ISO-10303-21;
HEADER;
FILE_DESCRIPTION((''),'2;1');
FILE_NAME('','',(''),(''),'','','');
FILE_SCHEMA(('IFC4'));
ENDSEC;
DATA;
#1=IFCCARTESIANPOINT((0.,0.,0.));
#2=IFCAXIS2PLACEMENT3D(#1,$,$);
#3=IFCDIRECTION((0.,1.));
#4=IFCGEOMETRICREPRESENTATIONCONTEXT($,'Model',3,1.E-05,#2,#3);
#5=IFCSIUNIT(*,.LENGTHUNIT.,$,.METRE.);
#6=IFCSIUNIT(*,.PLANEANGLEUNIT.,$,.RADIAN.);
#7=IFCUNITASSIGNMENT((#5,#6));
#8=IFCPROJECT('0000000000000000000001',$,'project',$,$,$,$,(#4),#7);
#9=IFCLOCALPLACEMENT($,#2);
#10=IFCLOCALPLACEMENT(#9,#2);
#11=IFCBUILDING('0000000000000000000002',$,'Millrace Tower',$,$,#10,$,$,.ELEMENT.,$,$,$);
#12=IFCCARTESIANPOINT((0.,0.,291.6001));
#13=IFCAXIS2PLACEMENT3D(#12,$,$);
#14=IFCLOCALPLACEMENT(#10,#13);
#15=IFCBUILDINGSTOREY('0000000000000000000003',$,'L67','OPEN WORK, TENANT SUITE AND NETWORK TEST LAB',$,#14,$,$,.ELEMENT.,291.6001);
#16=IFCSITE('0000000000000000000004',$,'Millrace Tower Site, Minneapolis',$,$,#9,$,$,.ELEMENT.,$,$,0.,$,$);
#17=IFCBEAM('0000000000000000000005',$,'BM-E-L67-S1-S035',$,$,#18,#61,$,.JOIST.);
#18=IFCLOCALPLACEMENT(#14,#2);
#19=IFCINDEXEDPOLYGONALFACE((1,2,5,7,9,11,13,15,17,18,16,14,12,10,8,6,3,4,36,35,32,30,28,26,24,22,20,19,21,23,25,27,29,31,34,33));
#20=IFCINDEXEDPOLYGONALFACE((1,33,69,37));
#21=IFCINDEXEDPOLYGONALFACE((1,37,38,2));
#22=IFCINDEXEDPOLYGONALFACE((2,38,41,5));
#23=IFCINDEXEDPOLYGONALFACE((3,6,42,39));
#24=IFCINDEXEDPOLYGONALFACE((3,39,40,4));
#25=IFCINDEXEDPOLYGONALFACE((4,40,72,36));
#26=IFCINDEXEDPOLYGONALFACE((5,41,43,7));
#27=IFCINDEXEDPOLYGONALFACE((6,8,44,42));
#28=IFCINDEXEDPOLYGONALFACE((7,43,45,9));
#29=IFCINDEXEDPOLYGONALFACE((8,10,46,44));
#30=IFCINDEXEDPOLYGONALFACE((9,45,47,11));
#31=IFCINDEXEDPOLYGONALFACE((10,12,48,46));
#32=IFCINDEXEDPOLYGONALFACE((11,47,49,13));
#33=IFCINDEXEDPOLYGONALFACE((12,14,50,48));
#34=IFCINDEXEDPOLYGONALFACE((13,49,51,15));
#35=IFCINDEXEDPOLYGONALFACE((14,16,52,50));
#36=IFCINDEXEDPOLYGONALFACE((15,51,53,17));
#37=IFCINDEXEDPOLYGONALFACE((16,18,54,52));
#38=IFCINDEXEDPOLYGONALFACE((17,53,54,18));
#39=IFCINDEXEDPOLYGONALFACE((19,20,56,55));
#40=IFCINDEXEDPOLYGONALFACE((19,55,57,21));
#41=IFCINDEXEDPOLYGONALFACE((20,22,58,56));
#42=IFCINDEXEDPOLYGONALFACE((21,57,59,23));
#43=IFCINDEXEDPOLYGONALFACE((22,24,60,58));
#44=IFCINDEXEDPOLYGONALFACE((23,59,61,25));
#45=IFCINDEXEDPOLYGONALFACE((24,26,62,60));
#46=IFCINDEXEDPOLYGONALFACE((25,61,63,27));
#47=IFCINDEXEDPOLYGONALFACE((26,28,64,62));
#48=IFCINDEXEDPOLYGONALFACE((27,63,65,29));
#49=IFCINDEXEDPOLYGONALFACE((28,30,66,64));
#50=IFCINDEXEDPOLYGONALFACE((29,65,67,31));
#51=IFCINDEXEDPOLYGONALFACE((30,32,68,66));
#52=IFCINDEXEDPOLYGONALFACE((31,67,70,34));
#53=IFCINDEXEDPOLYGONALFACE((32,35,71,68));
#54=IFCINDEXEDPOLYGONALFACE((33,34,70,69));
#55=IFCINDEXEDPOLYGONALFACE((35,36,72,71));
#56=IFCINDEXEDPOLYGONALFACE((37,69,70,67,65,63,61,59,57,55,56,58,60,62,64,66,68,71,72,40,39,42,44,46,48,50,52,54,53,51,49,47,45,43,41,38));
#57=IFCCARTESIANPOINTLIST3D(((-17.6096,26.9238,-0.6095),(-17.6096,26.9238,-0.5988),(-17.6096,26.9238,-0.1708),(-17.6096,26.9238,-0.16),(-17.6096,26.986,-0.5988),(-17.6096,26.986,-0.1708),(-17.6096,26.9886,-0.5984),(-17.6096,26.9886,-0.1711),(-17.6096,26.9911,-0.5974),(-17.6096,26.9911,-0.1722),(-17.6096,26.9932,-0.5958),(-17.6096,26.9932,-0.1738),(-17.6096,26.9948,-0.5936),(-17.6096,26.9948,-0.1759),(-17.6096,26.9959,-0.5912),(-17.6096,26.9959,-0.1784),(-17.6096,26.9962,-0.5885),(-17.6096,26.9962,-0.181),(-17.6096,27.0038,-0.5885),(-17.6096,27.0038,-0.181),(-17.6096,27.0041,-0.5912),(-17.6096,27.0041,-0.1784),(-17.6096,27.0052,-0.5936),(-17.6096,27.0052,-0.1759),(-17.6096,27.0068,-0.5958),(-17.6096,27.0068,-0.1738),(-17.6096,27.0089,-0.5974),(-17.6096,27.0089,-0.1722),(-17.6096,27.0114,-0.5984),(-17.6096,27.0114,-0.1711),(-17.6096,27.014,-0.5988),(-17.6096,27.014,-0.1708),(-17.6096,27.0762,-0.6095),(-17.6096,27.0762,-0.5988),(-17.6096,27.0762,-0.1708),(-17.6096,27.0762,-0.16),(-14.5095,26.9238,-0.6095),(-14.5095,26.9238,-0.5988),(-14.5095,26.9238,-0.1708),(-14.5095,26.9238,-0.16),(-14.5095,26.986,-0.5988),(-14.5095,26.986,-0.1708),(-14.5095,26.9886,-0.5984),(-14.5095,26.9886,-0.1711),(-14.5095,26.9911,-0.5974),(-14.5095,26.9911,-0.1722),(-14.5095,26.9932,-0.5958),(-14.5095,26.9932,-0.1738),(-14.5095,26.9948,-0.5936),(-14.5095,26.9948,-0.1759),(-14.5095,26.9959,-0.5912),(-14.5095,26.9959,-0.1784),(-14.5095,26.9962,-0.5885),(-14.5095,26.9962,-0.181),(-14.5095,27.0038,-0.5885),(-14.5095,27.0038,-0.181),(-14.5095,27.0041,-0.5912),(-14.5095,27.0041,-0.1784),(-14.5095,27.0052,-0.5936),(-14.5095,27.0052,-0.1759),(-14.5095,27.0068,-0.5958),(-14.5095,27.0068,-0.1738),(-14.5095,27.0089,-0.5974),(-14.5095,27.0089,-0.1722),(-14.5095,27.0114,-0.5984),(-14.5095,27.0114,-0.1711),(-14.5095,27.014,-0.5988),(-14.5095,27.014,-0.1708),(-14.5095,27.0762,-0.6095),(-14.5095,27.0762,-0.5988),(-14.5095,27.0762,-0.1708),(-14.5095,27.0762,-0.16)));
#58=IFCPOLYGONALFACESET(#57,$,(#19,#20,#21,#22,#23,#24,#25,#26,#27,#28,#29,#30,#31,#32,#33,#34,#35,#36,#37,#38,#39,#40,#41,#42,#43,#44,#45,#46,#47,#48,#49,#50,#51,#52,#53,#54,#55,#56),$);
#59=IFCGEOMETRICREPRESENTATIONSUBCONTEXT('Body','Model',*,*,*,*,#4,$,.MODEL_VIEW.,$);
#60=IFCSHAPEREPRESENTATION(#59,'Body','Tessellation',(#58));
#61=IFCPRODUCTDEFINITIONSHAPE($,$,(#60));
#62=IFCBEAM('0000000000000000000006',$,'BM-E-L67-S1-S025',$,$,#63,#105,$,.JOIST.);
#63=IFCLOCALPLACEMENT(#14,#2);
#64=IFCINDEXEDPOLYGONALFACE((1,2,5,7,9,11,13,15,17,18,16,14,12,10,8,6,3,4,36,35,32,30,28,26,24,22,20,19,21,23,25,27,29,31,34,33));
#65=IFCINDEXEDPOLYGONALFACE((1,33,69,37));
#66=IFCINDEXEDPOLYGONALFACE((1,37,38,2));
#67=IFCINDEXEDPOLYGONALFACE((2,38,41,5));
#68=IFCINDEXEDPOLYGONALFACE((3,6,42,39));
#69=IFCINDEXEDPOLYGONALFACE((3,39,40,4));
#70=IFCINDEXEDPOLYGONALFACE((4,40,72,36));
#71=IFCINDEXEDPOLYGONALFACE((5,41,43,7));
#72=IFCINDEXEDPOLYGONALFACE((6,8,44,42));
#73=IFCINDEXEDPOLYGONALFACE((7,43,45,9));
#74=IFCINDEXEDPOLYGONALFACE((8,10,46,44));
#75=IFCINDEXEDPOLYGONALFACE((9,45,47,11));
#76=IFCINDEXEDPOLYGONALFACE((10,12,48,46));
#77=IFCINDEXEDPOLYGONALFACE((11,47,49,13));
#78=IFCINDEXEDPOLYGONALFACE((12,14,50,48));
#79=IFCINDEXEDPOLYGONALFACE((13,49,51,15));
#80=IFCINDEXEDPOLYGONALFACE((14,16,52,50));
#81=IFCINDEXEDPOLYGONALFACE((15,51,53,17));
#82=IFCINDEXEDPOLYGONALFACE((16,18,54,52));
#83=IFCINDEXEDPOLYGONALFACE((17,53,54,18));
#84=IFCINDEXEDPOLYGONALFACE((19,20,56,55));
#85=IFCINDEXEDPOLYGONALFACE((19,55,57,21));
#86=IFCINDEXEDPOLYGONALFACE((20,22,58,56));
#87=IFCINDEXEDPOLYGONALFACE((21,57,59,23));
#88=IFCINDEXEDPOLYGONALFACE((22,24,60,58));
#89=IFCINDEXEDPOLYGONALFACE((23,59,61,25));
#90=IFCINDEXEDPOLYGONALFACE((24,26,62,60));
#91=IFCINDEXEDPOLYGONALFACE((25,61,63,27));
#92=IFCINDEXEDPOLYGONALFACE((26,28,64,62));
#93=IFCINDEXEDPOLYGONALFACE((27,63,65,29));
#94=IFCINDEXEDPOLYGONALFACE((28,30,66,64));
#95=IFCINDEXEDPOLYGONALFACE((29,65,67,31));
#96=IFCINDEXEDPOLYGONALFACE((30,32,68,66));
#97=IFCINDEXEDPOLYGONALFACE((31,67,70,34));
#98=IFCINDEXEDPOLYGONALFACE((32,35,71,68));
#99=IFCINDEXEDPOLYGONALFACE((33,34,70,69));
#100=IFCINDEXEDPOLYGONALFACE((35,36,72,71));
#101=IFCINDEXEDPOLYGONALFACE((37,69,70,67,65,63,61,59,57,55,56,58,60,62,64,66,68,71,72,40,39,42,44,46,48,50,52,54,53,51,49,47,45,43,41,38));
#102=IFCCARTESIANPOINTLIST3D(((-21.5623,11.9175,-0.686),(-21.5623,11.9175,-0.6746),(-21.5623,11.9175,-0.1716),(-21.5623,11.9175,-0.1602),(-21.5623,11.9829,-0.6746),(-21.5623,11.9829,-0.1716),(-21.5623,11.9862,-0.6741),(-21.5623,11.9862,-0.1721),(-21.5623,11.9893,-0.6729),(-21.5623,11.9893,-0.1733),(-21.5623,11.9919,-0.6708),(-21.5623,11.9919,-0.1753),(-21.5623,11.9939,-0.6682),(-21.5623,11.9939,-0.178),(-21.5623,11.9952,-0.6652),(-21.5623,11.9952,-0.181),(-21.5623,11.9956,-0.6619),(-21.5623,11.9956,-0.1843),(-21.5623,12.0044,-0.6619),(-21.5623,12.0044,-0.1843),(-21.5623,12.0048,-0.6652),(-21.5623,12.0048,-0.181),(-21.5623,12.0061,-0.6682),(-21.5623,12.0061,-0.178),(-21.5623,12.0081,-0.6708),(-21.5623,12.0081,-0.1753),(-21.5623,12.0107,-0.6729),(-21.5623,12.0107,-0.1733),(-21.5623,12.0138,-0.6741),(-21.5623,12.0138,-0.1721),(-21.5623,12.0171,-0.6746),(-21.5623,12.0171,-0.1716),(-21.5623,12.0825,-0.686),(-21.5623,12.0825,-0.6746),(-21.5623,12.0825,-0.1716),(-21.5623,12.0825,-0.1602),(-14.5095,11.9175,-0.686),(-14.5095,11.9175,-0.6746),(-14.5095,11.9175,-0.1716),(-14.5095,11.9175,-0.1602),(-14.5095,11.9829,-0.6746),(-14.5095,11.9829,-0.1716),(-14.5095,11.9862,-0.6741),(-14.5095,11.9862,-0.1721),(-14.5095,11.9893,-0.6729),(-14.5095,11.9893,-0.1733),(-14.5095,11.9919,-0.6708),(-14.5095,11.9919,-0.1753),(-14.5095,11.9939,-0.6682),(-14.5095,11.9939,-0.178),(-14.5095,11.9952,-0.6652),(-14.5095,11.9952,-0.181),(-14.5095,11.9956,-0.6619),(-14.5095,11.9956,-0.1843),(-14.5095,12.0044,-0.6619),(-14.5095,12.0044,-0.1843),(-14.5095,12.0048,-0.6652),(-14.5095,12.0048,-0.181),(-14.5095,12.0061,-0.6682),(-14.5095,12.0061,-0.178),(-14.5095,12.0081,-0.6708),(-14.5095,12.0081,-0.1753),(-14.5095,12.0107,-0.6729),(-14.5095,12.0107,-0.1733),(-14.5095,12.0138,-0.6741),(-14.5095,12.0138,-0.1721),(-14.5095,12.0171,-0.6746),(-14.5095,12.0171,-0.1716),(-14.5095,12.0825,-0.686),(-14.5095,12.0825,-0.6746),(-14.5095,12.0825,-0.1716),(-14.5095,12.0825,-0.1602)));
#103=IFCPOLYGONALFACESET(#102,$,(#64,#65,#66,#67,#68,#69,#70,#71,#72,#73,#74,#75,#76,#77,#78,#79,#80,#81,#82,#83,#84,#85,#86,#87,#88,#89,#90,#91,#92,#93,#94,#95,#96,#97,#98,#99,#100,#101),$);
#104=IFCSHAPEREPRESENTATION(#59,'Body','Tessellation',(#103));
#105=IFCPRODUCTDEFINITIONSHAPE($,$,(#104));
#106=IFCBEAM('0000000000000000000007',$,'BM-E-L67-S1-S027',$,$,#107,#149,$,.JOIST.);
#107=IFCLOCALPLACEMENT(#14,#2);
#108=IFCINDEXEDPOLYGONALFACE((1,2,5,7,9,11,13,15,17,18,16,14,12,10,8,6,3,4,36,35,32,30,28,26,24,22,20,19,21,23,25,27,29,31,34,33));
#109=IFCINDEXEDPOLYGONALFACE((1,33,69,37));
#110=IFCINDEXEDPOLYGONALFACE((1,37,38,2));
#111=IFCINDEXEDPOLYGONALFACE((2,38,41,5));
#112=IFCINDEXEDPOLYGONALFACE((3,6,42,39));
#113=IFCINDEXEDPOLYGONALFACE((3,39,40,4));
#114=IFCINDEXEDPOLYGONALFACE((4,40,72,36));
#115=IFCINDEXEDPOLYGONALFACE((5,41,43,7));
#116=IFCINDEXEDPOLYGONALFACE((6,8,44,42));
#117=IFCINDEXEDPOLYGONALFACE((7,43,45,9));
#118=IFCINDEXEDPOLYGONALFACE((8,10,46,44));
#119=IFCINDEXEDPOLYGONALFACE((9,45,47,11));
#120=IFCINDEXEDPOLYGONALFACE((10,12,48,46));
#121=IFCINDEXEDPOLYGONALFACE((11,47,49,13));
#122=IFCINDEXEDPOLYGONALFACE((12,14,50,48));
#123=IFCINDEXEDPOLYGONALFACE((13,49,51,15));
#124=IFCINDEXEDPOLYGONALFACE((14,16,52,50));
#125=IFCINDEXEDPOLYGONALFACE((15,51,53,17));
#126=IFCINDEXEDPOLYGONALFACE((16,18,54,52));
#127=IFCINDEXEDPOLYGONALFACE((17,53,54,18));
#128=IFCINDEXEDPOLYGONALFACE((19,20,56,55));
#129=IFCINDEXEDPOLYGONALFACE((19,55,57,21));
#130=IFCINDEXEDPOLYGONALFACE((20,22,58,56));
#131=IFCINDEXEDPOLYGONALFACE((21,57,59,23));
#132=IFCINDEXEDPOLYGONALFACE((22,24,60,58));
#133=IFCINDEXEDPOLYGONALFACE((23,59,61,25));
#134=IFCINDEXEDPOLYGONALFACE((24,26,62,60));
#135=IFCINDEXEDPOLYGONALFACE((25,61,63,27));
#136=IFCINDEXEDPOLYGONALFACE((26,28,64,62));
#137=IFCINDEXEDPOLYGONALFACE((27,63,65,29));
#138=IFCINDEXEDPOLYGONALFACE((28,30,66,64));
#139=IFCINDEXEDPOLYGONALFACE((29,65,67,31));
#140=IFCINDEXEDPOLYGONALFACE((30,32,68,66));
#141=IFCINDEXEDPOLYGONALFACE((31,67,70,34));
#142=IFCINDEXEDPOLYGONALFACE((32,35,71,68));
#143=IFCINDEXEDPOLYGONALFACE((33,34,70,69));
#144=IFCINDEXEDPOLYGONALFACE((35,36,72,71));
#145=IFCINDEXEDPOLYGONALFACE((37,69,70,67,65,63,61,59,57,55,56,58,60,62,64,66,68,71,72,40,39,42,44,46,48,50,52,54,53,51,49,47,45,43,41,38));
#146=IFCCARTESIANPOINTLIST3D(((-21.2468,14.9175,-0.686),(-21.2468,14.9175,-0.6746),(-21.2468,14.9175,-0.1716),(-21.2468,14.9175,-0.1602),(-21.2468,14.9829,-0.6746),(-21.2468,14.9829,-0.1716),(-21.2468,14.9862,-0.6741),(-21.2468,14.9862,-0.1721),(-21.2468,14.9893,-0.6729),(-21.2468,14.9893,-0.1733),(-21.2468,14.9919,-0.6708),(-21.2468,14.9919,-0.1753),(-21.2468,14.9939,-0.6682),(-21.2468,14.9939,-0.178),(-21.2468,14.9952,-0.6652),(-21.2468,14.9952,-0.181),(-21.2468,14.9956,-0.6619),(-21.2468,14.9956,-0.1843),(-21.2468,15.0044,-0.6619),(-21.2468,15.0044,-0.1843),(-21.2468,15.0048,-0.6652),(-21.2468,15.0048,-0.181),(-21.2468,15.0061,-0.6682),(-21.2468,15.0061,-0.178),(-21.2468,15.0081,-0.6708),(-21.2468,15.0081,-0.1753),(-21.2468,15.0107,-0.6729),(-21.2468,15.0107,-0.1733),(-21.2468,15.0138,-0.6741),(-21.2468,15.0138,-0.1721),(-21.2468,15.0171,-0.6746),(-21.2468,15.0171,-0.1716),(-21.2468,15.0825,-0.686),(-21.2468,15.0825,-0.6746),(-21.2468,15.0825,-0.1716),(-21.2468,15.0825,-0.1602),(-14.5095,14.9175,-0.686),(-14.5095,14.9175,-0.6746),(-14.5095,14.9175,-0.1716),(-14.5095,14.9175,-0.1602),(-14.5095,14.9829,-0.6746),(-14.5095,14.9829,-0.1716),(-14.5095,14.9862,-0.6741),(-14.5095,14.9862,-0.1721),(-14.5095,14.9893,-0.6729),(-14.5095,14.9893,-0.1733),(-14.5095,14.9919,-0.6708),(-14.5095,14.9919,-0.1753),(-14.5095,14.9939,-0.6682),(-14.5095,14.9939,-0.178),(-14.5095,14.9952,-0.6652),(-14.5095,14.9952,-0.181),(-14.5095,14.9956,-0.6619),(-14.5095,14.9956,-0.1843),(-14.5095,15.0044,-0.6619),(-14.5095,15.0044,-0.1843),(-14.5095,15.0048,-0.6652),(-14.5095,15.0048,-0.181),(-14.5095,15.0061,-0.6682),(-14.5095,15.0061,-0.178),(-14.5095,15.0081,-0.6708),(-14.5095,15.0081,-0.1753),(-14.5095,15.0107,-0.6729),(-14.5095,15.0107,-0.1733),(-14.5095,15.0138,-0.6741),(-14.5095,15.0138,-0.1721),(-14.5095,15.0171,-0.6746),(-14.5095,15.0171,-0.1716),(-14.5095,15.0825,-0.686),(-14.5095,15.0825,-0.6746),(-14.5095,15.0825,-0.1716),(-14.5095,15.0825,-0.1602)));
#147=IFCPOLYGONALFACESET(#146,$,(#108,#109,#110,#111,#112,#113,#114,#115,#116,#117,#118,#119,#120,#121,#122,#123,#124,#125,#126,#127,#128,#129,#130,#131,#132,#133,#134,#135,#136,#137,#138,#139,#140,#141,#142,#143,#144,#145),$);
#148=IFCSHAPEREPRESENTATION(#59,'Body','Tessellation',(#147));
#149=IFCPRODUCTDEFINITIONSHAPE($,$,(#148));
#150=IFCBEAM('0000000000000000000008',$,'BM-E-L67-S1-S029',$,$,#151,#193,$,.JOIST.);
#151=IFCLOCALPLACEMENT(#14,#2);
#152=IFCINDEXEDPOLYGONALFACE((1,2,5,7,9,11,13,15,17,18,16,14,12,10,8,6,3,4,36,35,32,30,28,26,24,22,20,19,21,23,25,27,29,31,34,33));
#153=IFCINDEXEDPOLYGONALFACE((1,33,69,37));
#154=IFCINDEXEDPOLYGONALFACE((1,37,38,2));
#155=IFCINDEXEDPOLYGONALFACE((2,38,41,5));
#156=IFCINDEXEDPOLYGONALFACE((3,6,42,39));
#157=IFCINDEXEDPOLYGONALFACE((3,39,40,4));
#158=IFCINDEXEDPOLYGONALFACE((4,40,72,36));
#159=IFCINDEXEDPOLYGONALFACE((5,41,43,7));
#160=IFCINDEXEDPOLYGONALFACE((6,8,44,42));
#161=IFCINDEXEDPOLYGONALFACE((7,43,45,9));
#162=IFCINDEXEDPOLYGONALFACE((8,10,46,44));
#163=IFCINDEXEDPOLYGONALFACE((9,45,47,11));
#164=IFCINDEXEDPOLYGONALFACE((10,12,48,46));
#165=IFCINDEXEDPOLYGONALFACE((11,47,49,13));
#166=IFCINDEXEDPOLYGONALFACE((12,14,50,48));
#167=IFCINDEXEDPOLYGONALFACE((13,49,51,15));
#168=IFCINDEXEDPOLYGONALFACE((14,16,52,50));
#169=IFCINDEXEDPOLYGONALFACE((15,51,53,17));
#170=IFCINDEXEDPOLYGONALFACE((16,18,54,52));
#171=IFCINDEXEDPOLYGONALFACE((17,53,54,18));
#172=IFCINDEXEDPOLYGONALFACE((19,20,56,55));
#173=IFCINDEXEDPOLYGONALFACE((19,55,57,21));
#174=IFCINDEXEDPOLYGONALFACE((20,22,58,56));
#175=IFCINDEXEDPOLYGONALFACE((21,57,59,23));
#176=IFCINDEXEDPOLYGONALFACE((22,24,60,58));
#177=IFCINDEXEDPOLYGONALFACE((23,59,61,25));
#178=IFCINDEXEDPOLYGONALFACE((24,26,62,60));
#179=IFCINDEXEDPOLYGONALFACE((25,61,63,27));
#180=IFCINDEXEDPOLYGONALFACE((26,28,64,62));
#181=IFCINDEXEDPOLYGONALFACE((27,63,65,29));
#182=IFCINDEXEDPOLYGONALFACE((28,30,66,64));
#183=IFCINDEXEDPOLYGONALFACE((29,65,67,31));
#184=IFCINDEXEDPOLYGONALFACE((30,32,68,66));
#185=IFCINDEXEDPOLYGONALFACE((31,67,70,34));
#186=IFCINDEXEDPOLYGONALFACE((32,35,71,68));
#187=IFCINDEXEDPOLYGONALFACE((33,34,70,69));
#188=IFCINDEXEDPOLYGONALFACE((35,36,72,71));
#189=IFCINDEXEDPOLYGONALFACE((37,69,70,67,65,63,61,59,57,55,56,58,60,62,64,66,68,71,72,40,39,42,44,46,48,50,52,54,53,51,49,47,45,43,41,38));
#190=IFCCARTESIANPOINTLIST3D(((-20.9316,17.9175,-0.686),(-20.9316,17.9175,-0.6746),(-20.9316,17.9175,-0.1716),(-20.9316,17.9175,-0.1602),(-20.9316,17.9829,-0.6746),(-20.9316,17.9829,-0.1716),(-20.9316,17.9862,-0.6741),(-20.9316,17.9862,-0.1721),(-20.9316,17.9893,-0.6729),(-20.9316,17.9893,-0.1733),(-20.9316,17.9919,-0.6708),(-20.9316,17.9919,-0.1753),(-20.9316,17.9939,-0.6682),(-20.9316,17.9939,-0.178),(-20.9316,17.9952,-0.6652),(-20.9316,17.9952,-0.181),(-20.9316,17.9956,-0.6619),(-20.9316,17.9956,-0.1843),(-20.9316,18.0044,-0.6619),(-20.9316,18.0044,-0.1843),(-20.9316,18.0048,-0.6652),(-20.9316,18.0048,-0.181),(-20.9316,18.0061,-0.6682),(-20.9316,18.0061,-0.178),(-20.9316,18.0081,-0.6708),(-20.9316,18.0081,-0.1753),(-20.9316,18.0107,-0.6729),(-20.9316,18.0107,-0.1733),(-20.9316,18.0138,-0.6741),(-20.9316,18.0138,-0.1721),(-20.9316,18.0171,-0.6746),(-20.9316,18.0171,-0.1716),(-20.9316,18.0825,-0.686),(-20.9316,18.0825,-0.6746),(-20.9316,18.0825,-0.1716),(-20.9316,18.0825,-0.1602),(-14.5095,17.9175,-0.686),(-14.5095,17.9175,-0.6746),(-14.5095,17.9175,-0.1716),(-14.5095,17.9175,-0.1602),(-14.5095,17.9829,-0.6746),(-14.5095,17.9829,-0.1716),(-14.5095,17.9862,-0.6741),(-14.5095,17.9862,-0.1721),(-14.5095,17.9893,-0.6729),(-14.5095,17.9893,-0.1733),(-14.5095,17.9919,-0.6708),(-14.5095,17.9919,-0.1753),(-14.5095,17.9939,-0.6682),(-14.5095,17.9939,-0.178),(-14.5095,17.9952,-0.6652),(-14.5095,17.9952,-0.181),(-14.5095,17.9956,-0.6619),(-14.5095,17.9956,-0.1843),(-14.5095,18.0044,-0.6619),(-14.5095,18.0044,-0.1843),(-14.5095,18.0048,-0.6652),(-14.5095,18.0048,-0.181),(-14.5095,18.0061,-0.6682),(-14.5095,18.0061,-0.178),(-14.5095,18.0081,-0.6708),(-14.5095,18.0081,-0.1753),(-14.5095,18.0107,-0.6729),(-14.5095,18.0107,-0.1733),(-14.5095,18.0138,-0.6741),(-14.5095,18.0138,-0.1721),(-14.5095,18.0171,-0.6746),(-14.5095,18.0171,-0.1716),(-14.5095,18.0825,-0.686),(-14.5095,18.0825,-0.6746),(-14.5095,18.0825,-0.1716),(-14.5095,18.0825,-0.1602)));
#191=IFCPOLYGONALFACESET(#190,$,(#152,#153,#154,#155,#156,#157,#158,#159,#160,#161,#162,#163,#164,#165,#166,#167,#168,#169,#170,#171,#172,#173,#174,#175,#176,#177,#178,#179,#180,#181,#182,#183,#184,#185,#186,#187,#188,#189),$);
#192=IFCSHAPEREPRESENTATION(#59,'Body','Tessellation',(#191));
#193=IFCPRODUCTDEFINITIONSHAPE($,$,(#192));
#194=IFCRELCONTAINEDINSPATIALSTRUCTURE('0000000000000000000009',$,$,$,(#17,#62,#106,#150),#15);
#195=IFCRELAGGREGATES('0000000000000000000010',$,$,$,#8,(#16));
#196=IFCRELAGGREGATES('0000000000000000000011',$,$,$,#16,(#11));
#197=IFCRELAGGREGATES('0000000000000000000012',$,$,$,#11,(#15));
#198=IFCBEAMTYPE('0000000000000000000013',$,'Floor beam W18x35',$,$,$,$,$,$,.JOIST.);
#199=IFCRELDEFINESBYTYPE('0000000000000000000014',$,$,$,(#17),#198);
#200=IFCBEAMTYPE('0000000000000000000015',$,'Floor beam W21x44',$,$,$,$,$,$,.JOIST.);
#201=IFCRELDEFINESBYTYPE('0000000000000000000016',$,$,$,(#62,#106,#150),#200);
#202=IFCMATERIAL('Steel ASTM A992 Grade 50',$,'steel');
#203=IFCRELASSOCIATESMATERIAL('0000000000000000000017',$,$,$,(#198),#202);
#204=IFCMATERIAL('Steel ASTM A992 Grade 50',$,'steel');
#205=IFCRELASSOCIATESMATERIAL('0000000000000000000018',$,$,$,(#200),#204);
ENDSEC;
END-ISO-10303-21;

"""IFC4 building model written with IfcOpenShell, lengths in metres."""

from ifc_helpers import new_model, si_unit, direction, frame, origin, origin_2d, place, context, subcontext, project, spatial, i_section, extrude, material, material_profile, profile_set, type_object, element, save


model = new_model("IFC4")

# Units and contexts
model_context = context("Model", 3, precision=1e-05, world=origin(), true_north=direction((0.0, 1.0)))
body_context = subcontext(model_context, "Body", "Model", "MODEL_VIEW")
ifc_project = project(units=[si_unit("LENGTHUNIT", "METRE"), si_unit("PLANEANGLEUNIT", "RADIAN")], contexts=[model_context])

# Site, building, storey
site_placement = place(None, origin())
site = spatial("IfcSite", under=ifc_project, at=site_placement, Name="Millrace Tower Site, Minneapolis", CompositionType="ELEMENT", RefElevation=0.0)
building_placement = place(site_placement, origin())
building = spatial("IfcBuilding", under=site, at=building_placement, Name="Millrace Tower", CompositionType="ELEMENT")
storey_placement = place(building_placement, frame((0.0, 0.0, 291.6001)))
storey = spatial("IfcBuildingStorey", under=building, at=storey_placement, Name="L67", Description="OPEN WORK, TENANT SUITE AND NETWORK TEST LAB", CompositionType="ELEMENT", Elevation=291.6001)

# Beams
ifc_material_1 = material(Name="Steel ASTM A992 Grade 50", Category="steel")
ifc_material_profile_1 = material_profile(ifc_material_1, i_section(OverallWidth=0.1523, OverallDepth=0.4495, WebThickness=0.0076, FlangeThickness=0.0107, FilletRadius=0.0103, at=origin_2d()))
ifc_profile_set_1 = profile_set([ifc_material_profile_1], Name="Steel ASTM A992 Grade 50")
beam_type_1 = type_object("IfcBeamType", Name="Floor beam W18x35", PredefinedType="JOIST", material=ifc_profile_set_1)
beam_1_placement = place(storey_placement, frame((-17.6096, 27.0, -0.3848), z_axis=(1.0, 0.0, 0.0), x_axis=(0.0, 1.0, 0.0)))
element("IfcBeam", 1, at=beam_1_placement, inside=storey, type_object=beam_type_1, Name="BM-E-L67-S1-S035", PredefinedType="JOIST", context=body_context, shape_type="SweptSolid", body=[
    extrude(i_section(OverallWidth=0.1523, OverallDepth=0.4495, WebThickness=0.0076, FlangeThickness=0.0107, FilletRadius=0.0103, at=origin_2d()), origin(), (0.0, 0.0, 1.0), 3.1001),
])
ifc_material_2 = material(Name="Steel ASTM A992 Grade 50", Category="steel")
ifc_material_profile_2 = material_profile(ifc_material_2, i_section(OverallWidth=0.165, OverallDepth=0.5259, WebThickness=0.0088, FlangeThickness=0.0115, FilletRadius=0.0127, at=origin_2d()))
ifc_profile_set_2 = profile_set([ifc_material_profile_2], Name="Steel ASTM A992 Grade 50")
beam_type_2 = type_object("IfcBeamType", Name="Floor beam W21x44", PredefinedType="JOIST", material=ifc_profile_set_2)
beam_2_placement = place(storey_placement, frame((-21.5623, 12.0, -0.4231), z_axis=(1.0, 0.0, 0.0), x_axis=(0.0, 1.0, 0.0)))
element("IfcBeam", 2, at=beam_2_placement, inside=storey, type_object=beam_type_2, Name="BM-E-L67-S1-S025", PredefinedType="JOIST", context=body_context, shape_type="SweptSolid", body=[
    extrude(i_section(OverallWidth=0.165, OverallDepth=0.5259, WebThickness=0.0088, FlangeThickness=0.0115, FilletRadius=0.0127, at=origin_2d()), origin(), (0.0, 0.0, 1.0), 7.0527),
])
beam_3_placement = place(storey_placement, frame((-21.2468, 15.0, -0.4231), z_axis=(1.0, 0.0, 0.0), x_axis=(0.0, 1.0, 0.0)))
element("IfcBeam", 3, at=beam_3_placement, inside=storey, type_object=beam_type_2, Name="BM-E-L67-S1-S027", PredefinedType="JOIST", context=body_context, shape_type="SweptSolid", body=[
    extrude(i_section(OverallWidth=0.165, OverallDepth=0.5259, WebThickness=0.0088, FlangeThickness=0.0115, FilletRadius=0.0127, at=origin_2d()), origin(), (0.0, 0.0, 1.0), 6.7373),
])
beam_4_placement = place(storey_placement, frame((-20.9316, 18.0, -0.4231), z_axis=(1.0, 0.0, 0.0), x_axis=(0.0, 1.0, 0.0)))
element("IfcBeam", 4, at=beam_4_placement, inside=storey, type_object=beam_type_2, Name="BM-E-L67-S1-S029", PredefinedType="JOIST", context=body_context, shape_type="SweptSolid", body=[
    extrude(i_section(OverallWidth=0.165, OverallDepth=0.5259, WebThickness=0.0088, FlangeThickness=0.0115, FilletRadius=0.0127, at=origin_2d()), origin(), (0.0, 0.0, 1.0), 6.4221),
])

save(model, "model.ifc")
